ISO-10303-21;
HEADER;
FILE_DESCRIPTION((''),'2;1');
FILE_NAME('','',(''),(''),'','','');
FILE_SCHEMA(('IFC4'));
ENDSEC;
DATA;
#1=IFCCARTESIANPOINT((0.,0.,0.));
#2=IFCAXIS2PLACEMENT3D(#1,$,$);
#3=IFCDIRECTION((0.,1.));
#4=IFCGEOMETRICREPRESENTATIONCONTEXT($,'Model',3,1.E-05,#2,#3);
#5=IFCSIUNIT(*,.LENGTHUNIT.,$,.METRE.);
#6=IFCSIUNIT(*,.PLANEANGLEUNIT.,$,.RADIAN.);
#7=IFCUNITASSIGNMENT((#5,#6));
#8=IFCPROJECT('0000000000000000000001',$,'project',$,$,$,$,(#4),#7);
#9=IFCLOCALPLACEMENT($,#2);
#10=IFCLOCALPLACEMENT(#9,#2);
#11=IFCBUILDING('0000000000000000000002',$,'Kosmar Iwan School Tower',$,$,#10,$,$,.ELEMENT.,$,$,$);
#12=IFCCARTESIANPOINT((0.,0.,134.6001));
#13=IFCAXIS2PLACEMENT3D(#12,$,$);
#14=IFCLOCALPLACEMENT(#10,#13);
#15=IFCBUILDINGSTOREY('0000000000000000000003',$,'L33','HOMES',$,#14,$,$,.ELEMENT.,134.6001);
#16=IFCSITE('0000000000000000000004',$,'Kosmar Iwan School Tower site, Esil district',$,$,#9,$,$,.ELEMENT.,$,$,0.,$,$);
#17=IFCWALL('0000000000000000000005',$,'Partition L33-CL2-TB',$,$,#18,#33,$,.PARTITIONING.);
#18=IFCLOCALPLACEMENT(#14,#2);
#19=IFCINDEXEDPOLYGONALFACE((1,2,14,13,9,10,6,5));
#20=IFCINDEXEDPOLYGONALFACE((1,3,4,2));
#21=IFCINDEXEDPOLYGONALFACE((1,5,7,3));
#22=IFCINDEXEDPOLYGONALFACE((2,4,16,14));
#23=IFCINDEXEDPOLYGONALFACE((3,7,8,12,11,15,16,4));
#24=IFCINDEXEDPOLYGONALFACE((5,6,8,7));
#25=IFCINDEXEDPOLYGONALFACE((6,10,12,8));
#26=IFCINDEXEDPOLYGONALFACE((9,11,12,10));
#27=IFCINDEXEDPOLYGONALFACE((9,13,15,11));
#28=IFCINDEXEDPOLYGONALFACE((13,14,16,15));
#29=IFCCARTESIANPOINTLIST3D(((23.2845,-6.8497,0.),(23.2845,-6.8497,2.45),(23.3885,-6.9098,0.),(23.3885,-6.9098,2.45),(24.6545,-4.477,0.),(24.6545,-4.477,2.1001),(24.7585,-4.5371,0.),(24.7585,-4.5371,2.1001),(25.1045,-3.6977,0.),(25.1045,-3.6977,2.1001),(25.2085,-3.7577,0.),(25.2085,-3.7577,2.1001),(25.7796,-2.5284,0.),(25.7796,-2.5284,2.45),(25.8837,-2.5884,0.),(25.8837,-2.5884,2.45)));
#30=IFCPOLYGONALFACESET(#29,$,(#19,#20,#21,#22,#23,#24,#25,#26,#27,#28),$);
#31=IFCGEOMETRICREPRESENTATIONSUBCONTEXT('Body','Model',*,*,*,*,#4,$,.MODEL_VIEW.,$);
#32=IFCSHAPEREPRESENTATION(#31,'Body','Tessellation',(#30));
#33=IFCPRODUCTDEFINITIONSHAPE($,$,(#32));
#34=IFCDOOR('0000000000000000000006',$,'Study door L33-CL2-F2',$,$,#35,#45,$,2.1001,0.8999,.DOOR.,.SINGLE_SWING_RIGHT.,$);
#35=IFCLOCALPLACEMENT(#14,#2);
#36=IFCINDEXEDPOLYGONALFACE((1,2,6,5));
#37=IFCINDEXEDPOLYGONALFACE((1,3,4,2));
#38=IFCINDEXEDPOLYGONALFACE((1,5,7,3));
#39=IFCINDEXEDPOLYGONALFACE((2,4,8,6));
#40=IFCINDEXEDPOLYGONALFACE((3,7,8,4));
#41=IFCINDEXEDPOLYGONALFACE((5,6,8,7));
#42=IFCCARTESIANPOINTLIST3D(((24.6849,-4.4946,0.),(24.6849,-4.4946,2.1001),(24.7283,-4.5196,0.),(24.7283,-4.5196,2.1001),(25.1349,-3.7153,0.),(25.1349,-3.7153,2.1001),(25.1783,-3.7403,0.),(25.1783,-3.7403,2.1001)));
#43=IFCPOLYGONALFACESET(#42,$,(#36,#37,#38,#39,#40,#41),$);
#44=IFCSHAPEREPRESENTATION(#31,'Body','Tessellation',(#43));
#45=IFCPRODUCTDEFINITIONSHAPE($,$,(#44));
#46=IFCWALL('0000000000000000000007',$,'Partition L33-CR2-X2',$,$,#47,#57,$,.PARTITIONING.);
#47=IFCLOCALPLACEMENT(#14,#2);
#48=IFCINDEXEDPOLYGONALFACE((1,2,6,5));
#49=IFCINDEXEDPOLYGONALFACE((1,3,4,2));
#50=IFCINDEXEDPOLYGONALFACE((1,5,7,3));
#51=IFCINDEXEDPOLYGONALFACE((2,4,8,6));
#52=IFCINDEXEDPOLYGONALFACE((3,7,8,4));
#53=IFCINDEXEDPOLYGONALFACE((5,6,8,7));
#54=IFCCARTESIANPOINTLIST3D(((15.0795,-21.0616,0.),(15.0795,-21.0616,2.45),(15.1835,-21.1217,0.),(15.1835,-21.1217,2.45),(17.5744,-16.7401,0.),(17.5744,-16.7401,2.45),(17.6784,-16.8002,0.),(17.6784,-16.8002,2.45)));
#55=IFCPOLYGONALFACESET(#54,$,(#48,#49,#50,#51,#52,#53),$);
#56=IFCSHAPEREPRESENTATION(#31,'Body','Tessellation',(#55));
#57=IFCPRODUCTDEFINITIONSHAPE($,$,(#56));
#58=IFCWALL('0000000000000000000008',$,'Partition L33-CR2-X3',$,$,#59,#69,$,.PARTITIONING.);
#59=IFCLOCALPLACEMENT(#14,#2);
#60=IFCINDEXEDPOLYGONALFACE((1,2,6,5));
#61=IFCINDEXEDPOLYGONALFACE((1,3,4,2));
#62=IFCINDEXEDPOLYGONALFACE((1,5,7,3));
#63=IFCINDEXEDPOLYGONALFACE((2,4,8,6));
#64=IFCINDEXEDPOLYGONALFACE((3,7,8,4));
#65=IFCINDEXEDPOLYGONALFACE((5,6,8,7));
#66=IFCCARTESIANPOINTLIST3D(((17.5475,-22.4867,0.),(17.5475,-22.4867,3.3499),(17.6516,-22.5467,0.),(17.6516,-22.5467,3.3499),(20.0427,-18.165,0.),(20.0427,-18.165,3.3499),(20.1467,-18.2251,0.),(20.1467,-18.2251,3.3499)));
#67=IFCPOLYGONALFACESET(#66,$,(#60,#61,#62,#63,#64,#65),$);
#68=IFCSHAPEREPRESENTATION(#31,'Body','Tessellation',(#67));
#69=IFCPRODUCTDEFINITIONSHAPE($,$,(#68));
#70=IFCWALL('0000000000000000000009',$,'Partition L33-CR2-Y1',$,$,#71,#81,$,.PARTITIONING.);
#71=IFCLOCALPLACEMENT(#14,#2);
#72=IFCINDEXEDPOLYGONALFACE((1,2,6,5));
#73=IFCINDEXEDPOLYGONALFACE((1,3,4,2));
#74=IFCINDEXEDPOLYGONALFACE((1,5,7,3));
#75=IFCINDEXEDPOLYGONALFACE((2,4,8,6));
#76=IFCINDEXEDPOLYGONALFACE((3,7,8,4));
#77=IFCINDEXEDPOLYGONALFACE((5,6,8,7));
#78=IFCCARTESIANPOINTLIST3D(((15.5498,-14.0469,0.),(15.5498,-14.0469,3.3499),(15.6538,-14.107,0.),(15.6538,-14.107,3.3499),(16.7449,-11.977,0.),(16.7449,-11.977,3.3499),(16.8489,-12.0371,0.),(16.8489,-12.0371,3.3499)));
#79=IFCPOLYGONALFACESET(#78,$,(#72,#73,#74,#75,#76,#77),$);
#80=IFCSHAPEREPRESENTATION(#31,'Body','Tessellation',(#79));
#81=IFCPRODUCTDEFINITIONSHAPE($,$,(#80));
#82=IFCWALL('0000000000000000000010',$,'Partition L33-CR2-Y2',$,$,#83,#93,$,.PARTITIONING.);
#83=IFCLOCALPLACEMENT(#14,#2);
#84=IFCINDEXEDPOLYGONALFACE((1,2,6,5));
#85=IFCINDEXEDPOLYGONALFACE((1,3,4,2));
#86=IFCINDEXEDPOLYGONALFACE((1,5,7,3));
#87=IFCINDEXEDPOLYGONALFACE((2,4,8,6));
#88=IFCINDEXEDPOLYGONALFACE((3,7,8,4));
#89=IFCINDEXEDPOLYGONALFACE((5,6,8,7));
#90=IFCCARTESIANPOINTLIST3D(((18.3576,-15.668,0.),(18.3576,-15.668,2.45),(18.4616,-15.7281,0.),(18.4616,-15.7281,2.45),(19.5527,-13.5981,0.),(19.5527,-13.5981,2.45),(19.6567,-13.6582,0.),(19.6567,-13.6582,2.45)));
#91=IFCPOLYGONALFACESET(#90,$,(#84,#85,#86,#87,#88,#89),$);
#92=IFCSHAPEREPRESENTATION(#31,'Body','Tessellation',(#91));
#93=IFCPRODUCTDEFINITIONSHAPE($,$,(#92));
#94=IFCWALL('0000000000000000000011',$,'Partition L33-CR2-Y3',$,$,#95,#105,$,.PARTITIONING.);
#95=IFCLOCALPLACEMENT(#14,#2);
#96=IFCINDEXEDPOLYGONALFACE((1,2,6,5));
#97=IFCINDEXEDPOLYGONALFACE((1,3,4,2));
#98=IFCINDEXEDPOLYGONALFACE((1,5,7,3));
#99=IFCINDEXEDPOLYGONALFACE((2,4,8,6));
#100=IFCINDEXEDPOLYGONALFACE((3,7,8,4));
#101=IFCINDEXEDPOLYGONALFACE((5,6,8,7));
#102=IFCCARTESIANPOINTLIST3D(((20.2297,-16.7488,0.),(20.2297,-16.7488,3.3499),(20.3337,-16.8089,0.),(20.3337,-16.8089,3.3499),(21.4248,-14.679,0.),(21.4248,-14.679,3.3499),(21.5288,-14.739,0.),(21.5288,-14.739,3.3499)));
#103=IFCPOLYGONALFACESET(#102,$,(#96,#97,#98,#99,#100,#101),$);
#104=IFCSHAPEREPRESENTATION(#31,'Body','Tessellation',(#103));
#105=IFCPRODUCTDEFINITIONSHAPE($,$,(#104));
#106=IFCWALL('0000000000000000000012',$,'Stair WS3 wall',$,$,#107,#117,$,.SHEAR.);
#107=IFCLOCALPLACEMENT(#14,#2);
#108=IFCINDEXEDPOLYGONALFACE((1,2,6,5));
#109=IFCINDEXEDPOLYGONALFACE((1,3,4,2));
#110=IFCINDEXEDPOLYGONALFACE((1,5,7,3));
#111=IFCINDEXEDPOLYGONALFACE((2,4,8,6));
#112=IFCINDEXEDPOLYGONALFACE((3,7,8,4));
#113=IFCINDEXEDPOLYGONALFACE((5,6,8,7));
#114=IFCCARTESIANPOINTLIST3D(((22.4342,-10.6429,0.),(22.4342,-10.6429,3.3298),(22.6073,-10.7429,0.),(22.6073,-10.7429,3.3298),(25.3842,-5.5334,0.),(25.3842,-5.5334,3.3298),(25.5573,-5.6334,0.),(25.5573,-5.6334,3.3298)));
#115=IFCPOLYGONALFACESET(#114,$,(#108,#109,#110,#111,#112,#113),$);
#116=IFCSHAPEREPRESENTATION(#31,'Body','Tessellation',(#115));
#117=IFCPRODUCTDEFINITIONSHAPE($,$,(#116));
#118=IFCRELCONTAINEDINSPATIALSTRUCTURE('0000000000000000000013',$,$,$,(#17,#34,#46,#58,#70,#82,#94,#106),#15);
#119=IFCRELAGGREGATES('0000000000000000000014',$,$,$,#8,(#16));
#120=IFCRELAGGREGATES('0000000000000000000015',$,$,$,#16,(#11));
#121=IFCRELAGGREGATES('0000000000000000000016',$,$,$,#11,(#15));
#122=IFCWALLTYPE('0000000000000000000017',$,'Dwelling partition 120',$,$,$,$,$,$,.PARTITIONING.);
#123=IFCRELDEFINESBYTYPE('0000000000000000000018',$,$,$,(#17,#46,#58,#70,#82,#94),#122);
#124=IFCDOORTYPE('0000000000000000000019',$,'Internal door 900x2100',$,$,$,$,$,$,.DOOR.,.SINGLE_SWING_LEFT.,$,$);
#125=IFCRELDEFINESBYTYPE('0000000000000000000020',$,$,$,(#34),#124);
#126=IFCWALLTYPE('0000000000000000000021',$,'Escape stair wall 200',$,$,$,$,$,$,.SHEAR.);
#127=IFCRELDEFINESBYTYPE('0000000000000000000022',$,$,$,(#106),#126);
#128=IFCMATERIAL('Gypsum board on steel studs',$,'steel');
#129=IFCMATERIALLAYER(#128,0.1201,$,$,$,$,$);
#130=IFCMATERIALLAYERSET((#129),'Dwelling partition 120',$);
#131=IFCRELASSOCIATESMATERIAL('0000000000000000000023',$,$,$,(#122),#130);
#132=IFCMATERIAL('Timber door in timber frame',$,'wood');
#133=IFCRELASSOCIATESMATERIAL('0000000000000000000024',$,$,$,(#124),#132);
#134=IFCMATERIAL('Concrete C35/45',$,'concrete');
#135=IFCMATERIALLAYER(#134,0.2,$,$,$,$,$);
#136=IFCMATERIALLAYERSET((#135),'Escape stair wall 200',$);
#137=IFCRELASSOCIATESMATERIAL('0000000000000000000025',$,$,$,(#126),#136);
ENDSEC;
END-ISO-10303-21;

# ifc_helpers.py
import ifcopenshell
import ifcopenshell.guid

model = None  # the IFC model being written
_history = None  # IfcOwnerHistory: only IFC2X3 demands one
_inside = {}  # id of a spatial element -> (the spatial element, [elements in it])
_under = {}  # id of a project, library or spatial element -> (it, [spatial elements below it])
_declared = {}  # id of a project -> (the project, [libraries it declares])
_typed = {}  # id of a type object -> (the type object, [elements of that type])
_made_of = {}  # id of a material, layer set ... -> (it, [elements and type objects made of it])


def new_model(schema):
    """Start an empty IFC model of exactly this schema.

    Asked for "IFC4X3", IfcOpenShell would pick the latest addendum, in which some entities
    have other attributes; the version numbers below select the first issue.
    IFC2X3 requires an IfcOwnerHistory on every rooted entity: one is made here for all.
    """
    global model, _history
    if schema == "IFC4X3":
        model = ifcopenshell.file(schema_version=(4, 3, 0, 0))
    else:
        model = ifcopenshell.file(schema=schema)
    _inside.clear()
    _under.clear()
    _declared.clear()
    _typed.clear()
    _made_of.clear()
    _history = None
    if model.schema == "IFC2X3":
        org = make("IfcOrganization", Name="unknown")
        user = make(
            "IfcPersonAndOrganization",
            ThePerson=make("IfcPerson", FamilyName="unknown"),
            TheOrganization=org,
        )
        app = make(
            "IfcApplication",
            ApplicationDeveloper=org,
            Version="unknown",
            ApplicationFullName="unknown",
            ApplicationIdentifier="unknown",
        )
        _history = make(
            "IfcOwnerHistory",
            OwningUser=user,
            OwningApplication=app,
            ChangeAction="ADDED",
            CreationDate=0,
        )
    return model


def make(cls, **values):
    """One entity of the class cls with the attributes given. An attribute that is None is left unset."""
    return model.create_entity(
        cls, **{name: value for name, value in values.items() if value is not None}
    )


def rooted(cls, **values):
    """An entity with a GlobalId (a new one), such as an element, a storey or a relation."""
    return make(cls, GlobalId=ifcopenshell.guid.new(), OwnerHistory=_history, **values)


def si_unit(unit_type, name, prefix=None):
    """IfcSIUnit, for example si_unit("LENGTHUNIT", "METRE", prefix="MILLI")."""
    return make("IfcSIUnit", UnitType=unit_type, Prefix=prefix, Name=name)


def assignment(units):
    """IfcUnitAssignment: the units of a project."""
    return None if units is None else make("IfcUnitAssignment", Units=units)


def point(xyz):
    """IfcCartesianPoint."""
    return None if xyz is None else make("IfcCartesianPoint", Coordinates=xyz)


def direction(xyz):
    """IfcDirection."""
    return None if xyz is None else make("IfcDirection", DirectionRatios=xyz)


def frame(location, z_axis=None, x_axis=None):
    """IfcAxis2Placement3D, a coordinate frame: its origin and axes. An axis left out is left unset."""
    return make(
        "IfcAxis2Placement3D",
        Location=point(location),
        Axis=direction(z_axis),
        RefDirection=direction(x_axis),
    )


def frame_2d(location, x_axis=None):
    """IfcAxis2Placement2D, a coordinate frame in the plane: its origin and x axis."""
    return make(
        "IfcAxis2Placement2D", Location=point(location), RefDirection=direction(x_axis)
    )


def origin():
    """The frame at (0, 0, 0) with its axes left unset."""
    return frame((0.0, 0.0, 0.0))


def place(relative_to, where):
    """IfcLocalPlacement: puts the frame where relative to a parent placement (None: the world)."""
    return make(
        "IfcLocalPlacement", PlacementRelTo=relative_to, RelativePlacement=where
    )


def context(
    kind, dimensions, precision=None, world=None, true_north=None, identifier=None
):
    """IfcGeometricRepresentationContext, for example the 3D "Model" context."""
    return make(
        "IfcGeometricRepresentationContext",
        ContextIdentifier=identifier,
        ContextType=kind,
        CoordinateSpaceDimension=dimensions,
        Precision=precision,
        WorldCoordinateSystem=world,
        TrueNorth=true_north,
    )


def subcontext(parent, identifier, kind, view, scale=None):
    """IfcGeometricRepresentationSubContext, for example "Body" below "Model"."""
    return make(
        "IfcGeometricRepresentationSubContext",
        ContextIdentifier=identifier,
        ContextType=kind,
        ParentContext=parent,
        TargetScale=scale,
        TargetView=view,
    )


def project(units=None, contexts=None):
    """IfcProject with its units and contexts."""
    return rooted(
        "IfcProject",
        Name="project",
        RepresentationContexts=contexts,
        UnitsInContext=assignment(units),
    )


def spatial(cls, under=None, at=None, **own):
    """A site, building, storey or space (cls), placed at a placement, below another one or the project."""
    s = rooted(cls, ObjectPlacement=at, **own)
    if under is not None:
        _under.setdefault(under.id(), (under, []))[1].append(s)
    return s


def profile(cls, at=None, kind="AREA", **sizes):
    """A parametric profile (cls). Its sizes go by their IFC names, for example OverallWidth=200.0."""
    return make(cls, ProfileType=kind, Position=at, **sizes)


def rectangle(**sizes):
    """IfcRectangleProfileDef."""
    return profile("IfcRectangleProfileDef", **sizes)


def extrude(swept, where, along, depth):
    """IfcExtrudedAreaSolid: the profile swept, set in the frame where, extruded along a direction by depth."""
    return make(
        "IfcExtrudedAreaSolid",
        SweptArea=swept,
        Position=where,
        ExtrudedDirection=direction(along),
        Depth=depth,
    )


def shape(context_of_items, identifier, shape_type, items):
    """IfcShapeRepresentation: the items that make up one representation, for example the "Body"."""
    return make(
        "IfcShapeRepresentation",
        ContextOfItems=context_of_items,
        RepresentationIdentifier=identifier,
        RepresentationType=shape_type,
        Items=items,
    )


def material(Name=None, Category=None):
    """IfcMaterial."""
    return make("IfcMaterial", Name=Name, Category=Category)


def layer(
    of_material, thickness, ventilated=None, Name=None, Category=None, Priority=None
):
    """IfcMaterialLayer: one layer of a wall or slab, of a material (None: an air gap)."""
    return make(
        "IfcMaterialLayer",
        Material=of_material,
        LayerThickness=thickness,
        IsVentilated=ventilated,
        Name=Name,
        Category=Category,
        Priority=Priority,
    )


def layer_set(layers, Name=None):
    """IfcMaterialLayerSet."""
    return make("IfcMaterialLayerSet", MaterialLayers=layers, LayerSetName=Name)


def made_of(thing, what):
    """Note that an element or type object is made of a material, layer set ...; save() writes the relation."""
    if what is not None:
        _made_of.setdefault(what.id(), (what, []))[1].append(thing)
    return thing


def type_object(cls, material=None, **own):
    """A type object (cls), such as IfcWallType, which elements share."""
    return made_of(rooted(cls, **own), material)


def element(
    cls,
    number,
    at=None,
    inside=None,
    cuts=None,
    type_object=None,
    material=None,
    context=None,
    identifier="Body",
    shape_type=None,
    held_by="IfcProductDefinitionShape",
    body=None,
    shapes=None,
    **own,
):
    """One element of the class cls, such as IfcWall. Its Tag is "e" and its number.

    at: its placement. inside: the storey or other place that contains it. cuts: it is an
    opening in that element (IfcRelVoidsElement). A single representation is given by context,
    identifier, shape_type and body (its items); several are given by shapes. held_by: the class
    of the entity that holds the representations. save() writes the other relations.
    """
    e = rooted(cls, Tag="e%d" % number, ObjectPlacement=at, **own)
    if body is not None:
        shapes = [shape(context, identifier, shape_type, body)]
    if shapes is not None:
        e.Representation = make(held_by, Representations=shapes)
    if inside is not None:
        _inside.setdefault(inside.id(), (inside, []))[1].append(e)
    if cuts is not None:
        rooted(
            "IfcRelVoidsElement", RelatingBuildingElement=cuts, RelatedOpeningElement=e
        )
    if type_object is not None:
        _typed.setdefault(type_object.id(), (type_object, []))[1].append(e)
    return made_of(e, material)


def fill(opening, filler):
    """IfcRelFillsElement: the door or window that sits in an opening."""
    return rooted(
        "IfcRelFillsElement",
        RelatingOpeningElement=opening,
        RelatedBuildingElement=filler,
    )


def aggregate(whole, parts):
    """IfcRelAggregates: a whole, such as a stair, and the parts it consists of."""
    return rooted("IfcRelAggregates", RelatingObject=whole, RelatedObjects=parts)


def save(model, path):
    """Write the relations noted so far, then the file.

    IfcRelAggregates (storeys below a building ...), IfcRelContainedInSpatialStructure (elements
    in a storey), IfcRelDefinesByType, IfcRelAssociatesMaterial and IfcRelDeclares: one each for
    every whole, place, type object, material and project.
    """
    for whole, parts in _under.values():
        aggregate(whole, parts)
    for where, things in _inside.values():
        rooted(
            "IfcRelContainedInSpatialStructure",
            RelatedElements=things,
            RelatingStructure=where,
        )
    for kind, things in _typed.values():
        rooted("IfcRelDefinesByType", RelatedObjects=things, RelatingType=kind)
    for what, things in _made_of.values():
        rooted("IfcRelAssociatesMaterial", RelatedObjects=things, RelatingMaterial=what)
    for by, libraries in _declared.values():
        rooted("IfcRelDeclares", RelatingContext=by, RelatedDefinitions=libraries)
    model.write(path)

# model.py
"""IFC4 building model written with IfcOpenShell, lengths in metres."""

from ifc_helpers import new_model, si_unit, direction, frame, frame_2d, origin, place, context, subcontext, project, spatial, rectangle, extrude, material, layer, layer_set, type_object, element, fill, save


model = new_model("IFC4")

# Units and contexts
model_context = context("Model", 3, precision=1e-05, world=origin(), true_north=direction((0.0, 1.0)))
body_context = subcontext(model_context, "Body", "Model", "MODEL_VIEW")
ifc_project = project(units=[si_unit("LENGTHUNIT", "METRE"), si_unit("PLANEANGLEUNIT", "RADIAN")], contexts=[model_context])

# Site, building, storey
site_placement = place(None, origin())
site = spatial("IfcSite", under=ifc_project, at=site_placement, Name="Kosmar Iwan School Tower site, Esil district", CompositionType="ELEMENT", RefElevation=0.0)
building_placement = place(site_placement, origin())
building = spatial("IfcBuilding", under=site, at=building_placement, Name="Kosmar Iwan School Tower", CompositionType="ELEMENT")
storey_placement = place(building_placement, frame((0.0, 0.0, 134.6001)))
storey = spatial("IfcBuildingStorey", under=building, at=storey_placement, Name="L33", Description="HOMES", CompositionType="ELEMENT", Elevation=134.6001)

# Shared definitions
ifc_material_1 = material(Name="Gypsum board on steel studs", Category="steel")
ifc_layer_1 = layer(ifc_material_1, 0.1201)
ifc_layer_set_1 = layer_set([ifc_layer_1], Name="Dwelling partition 120")
wall_type_1 = type_object("IfcWallType", Name="Dwelling partition 120", PredefinedType="PARTITIONING", material=ifc_layer_set_1)

# Wall, opening, door
wall_1_placement = place(storey_placement, frame((23.3364, -6.8799, 0.0), z_axis=(0.0, 0.0, 1.0), x_axis=(0.500033, 0.866006, 0.0)))
wall_1 = element("IfcWall", 1, at=wall_1_placement, inside=storey, type_object=wall_type_1, Name="Partition L33-CL2-TB", PredefinedType="PARTITIONING", context=body_context, shape_type="SweptSolid", body=[
    extrude(rectangle(XDim=4.99, YDim=0.1201, at=frame_2d((2.4951, 0.0))), origin(), (0.0, 0.0, 1.0), 2.45),
])
opening_1_placement = place(wall_1_placement, frame((2.74, 0.0, 0.0)))
opening_1 = element("IfcOpeningElement", 2, at=opening_1_placement, cuts=wall_1, PredefinedType="OPENING", context=body_context, shape_type="SweptSolid", body=[
    extrude(rectangle(XDim=0.8999, YDim=2.1001, at=frame_2d((0.45, 1.05))), frame((0.0, 0.072, 0.0), z_axis=(0.0, -1.0, 0.0), x_axis=(1.0, 0.0, 0.0)), (0.0, 0.0, 1.0), 0.144),
])
ifc_material_2 = material(Name="Timber door in timber frame", Category="wood")
door_type_1 = type_object("IfcDoorType", Name="Internal door 900x2100", OperationType="SINGLE_SWING_LEFT", PredefinedType="DOOR", material=ifc_material_2)
door_1_placement = place(opening_1_placement, origin())
door_1 = element("IfcDoor", 3, at=door_1_placement, inside=storey, type_object=door_type_1, Name="Study door L33-CL2-F2", OperationType="SINGLE_SWING_RIGHT", OverallHeight=2.1001, OverallWidth=0.8999, PredefinedType="DOOR", context=body_context, shape_type="SweptSolid", body=[
    extrude(rectangle(XDim=0.8999, YDim=2.1001, at=frame_2d((0.45, 1.05))), frame((0.0, 0.0249, 0.0), z_axis=(0.0, -1.0, 0.0), x_axis=(1.0, 0.0, 0.0)), (0.0, 0.0, 1.0), 0.05),
])
fill(opening_1, door_1)

# Walls
wall_2_placement = place(storey_placement, frame((17.6265, -16.77, 0.0), z_axis=(0.0, 0.0, 1.0), x_axis=(-0.499975, -0.86604, 0.0)))
element("IfcWall", 4, at=wall_2_placement, inside=storey, type_object=wall_type_1, Name="Partition L33-CR2-X2", PredefinedType="PARTITIONING", context=body_context, shape_type="SweptSolid", body=[
    extrude(rectangle(XDim=4.99, YDim=0.1201, at=frame_2d((2.4951, 0.0))), origin(), (0.0, 0.0, 1.0), 2.45),
])
wall_3_placement = place(storey_placement, frame((20.0947, -18.1951, 0.0), z_axis=(0.0, 0.0, 1.0), x_axis=(-0.500012, -0.866019, 0.0)))
element("IfcWall", 5, at=wall_3_placement, inside=storey, type_object=wall_type_1, Name="Partition L33-CR2-X3", PredefinedType="PARTITIONING", context=body_context, shape_type="SweptSolid", body=[
    extrude(rectangle(XDim=4.9902, YDim=0.1201, at=frame_2d((2.4951, 0.0))), origin(), (0.0, 0.0, 1.0), 3.3499),
])
wall_4_placement = place(storey_placement, frame((16.7969, -12.0071, 0.0), z_axis=(0.0, 0.0, 1.0), x_axis=(-0.500017, -0.866015, 0.0)))
element("IfcWall", 6, at=wall_4_placement, inside=storey, type_object=wall_type_1, Name="Partition L33-CR2-Y1", PredefinedType="PARTITIONING", context=body_context, shape_type="SweptSolid", body=[
    extrude(rectangle(XDim=2.3901, YDim=0.1201, at=frame_2d((1.1951, 0.0))), origin(), (0.0, 0.0, 1.0), 3.3499),
])
wall_5_placement = place(storey_placement, frame((19.6047, -13.6282, 0.0), z_axis=(0.0, 0.0, 1.0), x_axis=(-0.500017, -0.866015, 0.0)))
element("IfcWall", 7, at=wall_5_placement, inside=storey, type_object=wall_type_1, Name="Partition L33-CR2-Y2", PredefinedType="PARTITIONING", context=body_context, shape_type="SweptSolid", body=[
    extrude(rectangle(XDim=2.3901, YDim=0.1201, at=frame_2d((1.1951, 0.0))), origin(), (0.0, 0.0, 1.0), 2.45),
])
wall_6_placement = place(storey_placement, frame((21.4768, -14.709, 0.0), z_axis=(0.0, 0.0, 1.0), x_axis=(-0.500017, -0.866015, 0.0)))
element("IfcWall", 8, at=wall_6_placement, inside=storey, type_object=wall_type_1, Name="Partition L33-CR2-Y3", PredefinedType="PARTITIONING", context=body_context, shape_type="SweptSolid", body=[
    extrude(rectangle(XDim=2.3901, YDim=0.1201, at=frame_2d((1.1951, 0.0))), origin(), (0.0, 0.0, 1.0), 3.3499),
])
ifc_material_3 = material(Name="Concrete C35/45", Category="concrete")
ifc_layer_2 = layer(ifc_material_3, 0.2)
ifc_layer_set_2 = layer_set([ifc_layer_2], Name="Escape stair wall 200")
wall_type_2 = type_object("IfcWallType", Name="Escape stair wall 200", PredefinedType="SHEAR", material=ifc_layer_set_2)
wall_7_placement = place(storey_placement, frame((22.5208, -10.6929, 0.0), z_axis=(0.0, 0.0, 1.0), x_axis=(0.500007, 0.866022, 0.0)))
element("IfcWall", 9, at=wall_7_placement, inside=storey, type_object=wall_type_2, Name="Stair WS3 wall", PredefinedType="SHEAR", context=body_context, shape_type="SweptSolid", body=[
    extrude(rectangle(XDim=5.8999, YDim=0.2, at=frame_2d((2.95, 0.0))), origin(), (0.0, 0.0, 1.0), 3.3298),
])

save(model, "model.ifc")
